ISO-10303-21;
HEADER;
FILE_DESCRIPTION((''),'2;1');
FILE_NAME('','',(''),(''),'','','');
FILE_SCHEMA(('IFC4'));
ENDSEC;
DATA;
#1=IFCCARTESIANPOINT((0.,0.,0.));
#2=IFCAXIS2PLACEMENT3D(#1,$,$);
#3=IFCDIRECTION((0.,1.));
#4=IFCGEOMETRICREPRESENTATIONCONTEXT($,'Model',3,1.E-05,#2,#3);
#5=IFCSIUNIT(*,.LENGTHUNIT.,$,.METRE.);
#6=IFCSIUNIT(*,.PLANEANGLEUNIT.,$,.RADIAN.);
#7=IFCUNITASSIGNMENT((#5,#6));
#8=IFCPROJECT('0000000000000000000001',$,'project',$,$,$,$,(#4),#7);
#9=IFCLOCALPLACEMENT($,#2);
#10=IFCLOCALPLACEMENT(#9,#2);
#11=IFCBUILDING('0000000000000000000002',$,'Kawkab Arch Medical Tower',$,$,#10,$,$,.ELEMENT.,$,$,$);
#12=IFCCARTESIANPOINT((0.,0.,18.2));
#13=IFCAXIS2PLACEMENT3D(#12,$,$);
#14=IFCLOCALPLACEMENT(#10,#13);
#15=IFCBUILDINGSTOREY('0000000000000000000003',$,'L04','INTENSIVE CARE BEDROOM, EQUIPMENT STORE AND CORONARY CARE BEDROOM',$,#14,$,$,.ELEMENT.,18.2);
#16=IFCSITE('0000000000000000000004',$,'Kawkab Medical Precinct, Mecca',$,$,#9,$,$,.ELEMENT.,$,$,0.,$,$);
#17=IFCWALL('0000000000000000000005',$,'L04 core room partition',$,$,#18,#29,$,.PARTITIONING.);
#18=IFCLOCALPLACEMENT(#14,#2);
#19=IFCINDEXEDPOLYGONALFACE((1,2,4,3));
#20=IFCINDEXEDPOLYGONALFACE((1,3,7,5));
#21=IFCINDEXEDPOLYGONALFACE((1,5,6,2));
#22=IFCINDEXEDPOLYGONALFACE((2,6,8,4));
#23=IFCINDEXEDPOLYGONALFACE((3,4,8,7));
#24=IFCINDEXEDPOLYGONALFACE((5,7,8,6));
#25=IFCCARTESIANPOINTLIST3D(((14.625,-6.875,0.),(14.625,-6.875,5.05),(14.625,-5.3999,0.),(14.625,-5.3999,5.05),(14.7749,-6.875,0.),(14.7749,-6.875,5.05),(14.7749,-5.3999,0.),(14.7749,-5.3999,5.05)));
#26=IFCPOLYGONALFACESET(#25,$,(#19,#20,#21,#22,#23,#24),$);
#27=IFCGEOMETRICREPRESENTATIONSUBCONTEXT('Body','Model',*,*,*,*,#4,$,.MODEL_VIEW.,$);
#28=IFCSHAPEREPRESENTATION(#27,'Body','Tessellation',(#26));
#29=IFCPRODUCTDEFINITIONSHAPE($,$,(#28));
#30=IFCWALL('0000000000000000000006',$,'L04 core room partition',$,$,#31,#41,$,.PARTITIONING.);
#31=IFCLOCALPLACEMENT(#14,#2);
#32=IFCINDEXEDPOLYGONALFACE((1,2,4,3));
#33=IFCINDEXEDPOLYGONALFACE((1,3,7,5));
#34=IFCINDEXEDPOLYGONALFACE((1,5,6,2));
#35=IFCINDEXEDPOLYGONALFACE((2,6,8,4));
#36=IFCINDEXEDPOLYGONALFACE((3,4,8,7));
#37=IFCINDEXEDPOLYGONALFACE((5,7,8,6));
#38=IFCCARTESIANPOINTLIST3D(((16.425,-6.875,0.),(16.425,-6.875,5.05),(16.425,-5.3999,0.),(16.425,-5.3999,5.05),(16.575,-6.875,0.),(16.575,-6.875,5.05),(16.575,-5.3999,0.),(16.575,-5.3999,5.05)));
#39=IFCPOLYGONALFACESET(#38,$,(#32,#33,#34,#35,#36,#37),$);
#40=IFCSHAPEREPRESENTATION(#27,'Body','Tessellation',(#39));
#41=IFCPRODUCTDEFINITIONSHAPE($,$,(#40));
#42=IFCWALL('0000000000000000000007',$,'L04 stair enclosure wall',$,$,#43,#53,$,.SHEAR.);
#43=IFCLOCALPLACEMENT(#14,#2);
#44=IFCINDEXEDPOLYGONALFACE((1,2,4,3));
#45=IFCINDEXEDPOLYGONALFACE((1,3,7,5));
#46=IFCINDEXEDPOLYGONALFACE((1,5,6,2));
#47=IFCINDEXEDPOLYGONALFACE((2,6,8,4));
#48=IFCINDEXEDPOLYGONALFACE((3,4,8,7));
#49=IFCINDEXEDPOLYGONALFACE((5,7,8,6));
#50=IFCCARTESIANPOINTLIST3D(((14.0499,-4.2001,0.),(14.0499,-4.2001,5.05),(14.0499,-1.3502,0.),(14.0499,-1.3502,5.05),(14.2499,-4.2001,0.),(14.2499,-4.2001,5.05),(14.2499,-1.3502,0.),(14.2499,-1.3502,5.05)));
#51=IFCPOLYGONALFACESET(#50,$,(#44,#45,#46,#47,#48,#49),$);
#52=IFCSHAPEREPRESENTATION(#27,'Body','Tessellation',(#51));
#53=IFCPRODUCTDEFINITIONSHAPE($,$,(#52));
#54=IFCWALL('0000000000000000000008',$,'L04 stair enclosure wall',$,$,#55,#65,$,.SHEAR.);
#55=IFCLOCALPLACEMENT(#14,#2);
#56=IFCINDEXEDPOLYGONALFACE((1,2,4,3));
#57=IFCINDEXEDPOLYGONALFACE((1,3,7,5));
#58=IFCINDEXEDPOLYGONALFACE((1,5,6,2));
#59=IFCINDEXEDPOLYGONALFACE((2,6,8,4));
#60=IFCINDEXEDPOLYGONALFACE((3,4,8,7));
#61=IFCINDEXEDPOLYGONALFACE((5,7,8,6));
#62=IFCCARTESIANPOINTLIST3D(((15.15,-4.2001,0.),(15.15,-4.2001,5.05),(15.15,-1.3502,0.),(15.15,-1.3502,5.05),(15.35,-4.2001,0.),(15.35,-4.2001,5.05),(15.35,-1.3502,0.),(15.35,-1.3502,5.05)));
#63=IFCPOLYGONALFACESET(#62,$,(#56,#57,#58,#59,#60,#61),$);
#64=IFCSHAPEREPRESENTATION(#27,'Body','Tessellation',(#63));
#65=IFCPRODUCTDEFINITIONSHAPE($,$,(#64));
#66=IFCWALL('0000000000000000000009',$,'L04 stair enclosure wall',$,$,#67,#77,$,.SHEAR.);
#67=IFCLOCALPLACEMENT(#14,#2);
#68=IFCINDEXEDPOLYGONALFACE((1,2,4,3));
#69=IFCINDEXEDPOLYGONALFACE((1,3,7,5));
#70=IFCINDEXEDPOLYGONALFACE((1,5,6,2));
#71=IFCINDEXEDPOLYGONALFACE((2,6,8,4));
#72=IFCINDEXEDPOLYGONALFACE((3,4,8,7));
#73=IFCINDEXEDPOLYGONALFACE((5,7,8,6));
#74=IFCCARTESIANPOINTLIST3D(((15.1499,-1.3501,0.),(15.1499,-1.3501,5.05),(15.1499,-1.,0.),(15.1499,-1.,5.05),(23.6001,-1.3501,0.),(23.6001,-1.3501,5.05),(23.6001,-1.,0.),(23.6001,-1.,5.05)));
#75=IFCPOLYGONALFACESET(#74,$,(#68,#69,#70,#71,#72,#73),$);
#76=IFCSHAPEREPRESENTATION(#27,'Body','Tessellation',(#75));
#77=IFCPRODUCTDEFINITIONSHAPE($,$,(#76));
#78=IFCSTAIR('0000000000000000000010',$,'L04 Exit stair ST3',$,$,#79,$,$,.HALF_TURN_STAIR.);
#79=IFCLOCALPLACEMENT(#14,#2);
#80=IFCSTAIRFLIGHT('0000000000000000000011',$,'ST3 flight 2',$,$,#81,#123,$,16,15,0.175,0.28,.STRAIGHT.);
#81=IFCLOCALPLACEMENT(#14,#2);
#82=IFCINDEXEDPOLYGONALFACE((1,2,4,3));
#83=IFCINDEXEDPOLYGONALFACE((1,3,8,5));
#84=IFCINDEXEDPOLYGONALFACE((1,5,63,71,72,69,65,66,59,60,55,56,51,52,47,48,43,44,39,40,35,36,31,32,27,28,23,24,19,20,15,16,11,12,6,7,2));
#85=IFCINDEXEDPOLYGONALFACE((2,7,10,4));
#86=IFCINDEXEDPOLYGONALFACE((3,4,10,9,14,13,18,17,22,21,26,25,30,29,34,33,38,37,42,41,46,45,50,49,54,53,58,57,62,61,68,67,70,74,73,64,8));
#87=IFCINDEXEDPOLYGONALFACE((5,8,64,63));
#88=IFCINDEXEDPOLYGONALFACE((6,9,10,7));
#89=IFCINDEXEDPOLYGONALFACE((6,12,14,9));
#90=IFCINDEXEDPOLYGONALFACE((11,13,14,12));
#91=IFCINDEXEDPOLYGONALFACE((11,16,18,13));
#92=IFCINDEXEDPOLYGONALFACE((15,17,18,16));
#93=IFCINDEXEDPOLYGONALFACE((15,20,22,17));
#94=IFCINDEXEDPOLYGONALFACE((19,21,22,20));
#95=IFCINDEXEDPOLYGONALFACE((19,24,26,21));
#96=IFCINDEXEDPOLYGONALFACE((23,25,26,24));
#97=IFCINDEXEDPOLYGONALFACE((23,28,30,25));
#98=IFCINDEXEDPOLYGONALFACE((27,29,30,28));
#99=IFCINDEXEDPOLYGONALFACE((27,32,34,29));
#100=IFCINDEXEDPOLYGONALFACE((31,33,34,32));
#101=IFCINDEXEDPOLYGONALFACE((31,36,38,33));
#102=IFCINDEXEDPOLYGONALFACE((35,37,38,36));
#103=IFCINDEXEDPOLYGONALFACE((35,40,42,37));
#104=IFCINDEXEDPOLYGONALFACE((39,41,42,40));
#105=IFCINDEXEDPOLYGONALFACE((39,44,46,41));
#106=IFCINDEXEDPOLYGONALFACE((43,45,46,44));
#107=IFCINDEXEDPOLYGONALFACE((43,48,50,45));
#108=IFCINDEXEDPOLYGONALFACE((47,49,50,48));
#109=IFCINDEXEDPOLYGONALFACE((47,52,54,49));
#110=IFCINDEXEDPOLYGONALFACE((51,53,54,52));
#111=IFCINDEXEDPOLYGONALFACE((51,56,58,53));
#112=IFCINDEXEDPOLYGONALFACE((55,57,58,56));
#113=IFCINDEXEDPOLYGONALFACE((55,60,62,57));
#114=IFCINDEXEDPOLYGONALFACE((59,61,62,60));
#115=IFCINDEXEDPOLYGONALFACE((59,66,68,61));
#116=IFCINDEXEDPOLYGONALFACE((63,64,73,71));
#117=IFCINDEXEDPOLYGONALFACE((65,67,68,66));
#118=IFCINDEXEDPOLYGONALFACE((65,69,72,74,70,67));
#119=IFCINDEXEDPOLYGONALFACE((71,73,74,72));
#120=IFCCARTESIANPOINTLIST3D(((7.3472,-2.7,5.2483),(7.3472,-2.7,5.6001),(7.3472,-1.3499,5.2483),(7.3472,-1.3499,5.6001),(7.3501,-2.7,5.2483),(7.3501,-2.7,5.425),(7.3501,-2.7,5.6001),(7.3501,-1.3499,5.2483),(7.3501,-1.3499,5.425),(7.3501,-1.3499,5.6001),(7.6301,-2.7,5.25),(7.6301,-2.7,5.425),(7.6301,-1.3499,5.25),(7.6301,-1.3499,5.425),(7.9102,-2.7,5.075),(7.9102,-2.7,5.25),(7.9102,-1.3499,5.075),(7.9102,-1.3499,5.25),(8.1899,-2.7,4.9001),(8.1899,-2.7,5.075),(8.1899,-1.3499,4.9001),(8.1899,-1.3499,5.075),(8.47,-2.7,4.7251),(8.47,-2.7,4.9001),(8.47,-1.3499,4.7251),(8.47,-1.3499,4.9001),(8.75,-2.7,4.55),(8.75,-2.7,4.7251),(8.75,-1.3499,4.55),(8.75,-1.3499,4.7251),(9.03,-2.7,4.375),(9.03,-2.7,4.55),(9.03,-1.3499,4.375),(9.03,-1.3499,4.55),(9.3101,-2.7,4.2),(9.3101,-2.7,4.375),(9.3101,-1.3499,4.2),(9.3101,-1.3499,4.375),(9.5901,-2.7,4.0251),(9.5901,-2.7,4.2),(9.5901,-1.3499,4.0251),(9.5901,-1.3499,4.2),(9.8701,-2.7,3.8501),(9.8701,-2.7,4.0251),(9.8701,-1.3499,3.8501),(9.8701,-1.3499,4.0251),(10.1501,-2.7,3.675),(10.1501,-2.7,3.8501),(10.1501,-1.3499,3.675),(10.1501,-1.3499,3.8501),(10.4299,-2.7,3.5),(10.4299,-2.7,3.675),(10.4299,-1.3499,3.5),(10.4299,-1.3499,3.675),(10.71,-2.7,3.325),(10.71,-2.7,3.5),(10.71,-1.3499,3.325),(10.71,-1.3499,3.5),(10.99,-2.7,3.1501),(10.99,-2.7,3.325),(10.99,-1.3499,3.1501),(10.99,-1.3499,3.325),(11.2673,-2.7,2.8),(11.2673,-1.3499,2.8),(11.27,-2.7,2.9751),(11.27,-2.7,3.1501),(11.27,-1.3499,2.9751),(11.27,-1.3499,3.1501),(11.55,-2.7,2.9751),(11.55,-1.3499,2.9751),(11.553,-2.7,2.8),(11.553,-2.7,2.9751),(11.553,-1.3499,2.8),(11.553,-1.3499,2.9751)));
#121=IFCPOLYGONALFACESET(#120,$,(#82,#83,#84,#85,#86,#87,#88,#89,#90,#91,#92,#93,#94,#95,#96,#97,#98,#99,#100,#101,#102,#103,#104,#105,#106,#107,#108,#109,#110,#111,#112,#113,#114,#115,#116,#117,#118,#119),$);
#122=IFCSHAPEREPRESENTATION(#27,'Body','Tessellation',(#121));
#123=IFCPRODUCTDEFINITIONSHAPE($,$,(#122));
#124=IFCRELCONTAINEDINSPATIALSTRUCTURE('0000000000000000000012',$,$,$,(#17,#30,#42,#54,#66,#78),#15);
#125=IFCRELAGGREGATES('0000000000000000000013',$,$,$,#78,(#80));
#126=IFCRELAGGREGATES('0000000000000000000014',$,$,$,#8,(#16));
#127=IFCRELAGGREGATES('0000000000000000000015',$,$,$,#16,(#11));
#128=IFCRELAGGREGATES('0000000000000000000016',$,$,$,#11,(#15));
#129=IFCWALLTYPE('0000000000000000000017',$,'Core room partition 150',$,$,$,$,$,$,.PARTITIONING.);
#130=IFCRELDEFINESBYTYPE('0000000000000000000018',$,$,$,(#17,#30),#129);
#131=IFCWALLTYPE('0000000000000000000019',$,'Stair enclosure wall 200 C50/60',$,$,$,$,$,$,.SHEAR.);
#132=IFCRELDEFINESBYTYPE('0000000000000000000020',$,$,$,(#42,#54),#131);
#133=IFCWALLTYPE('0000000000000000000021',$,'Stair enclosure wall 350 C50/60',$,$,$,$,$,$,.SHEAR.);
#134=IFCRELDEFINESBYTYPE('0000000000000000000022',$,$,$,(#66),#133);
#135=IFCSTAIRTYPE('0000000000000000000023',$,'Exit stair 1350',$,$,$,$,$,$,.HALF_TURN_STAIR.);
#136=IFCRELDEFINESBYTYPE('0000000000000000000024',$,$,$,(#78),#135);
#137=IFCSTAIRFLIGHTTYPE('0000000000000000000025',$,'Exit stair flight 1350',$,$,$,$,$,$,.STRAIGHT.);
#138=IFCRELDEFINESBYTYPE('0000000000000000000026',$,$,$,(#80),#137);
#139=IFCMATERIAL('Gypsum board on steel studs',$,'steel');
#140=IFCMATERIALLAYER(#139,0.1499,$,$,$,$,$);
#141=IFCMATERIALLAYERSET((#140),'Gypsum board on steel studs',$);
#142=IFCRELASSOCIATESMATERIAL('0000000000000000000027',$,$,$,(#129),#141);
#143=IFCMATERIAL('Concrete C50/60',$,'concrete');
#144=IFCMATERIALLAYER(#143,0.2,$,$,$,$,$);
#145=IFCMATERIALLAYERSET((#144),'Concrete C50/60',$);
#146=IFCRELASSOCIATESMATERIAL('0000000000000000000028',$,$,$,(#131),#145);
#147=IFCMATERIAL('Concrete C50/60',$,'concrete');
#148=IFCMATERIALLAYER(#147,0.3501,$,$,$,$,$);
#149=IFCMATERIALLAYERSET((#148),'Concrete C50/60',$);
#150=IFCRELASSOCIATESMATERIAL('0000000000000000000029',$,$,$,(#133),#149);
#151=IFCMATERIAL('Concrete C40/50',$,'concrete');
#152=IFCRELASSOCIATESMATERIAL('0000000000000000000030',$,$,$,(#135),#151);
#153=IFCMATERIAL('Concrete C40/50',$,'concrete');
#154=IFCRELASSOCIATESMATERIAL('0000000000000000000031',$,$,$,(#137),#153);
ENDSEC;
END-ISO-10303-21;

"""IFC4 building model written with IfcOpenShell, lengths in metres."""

from ifc_helpers import new_model, si_unit, direction, frame, frame_2d, origin, place, context, subcontext, project, spatial, polyline, rectangle, outline, extrude, material, layer, layer_set, type_object, element, aggregate, save


model = new_model("IFC4")

# Units and contexts
model_context = context("Model", 3, precision=1e-05, world=origin(), true_north=direction((0.0, 1.0)))
body_context = subcontext(model_context, "Body", "Model", "MODEL_VIEW")
ifc_project = project(units=[si_unit("LENGTHUNIT", "METRE"), si_unit("PLANEANGLEUNIT", "RADIAN")], contexts=[model_context])

# Site, building, storey
site_placement = place(None, origin())
site = spatial("IfcSite", under=ifc_project, at=site_placement, Name="Kawkab Medical Precinct, Mecca", CompositionType="ELEMENT", RefElevation=0.0)
building_placement = place(site_placement, origin())
building = spatial("IfcBuilding", under=site, at=building_placement, Name="Kawkab Arch Medical Tower", CompositionType="ELEMENT")
storey_placement = place(building_placement, frame((0.0, 0.0, 18.2)))
storey = spatial("IfcBuildingStorey", under=building, at=storey_placement, Name="L04", Description="INTENSIVE CARE BEDROOM, EQUIPMENT STORE AND CORONARY CARE BEDROOM", CompositionType="ELEMENT", Elevation=18.2)

# Shared definitions
ifc_material_1 = material(Name="Gypsum board on steel studs", Category="steel")
ifc_layer_1 = layer(ifc_material_1, 0.1499)
ifc_layer_set_1 = layer_set([ifc_layer_1], Name="Gypsum board on steel studs")
wall_type_1 = type_object("IfcWallType", Name="Core room partition 150", PredefinedType="PARTITIONING", material=ifc_layer_set_1)

# Walls
for number, where, z_axis, x_axis, name in (
    (1, (14.7, -6.875, 0.0), (0.0, 0.0, 1.0), (0.0, 1.0, 0.0), "L04 core room partition"),
    (2, (16.5, -6.875, 0.0), (0.0, 0.0, 1.0), (0.0, 1.0, 0.0), "L04 core room partition"),
):
    element("IfcWall", number, at=place(storey_placement, frame(where, z_axis=z_axis, x_axis=x_axis)), inside=storey, type_object=wall_type_1, Name=name, PredefinedType="PARTITIONING", context=body_context, shape_type="SweptSolid", body=[
        extrude(rectangle(XDim=1.4751, YDim=0.1499, at=frame_2d((0.7375, 0.0))), origin(), (0.0, 0.0, 1.0), 5.05),
    ])
ifc_material_2 = material(Name="Concrete C50/60", Category="concrete")
ifc_layer_2 = layer(ifc_material_2, 0.2)
ifc_layer_set_2 = layer_set([ifc_layer_2], Name="Concrete C50/60")
wall_type_2 = type_object("IfcWallType", Name="Stair enclosure wall 200 C50/60", PredefinedType="SHEAR", material=ifc_layer_set_2)
for number, where, z_axis, x_axis, name in (
    (3, (14.1499, -4.2, 0.0), (0.0, 0.0, 1.0), (0.0, 1.0, 0.0), "L04 stair enclosure wall"),
    (4, (15.25, -4.2, 0.0), (0.0, 0.0, 1.0), (0.0, 1.0, 0.0), "L04 stair enclosure wall"),
):
    element("IfcWall", number, at=place(storey_placement, frame(where, z_axis=z_axis, x_axis=x_axis)), inside=storey, type_object=wall_type_2, Name=name, PredefinedType="SHEAR", context=body_context, shape_type="SweptSolid", body=[
        extrude(rectangle(XDim=2.8499, YDim=0.2, at=frame_2d((1.4248, 0.0))), origin(), (0.0, 0.0, 1.0), 5.05),
    ])
ifc_material_3 = material(Name="Concrete C50/60", Category="concrete")
ifc_layer_3 = layer(ifc_material_3, 0.3501)
ifc_layer_set_3 = layer_set([ifc_layer_3], Name="Concrete C50/60")
wall_type_3 = type_object("IfcWallType", Name="Stair enclosure wall 350 C50/60", PredefinedType="SHEAR", material=ifc_layer_set_3)
wall_1_placement = place(storey_placement, frame((15.1499, -1.175, 0.0), z_axis=(0.0, 0.0, 1.0), x_axis=(1.0, 0.0, 0.0)))
element("IfcWall", 5, at=wall_1_placement, inside=storey, type_object=wall_type_3, Name="L04 stair enclosure wall", PredefinedType="SHEAR", context=body_context, shape_type="SweptSolid", body=[
    extrude(rectangle(XDim=8.4502, YDim=0.3501, at=frame_2d((4.2251, 0.0))), origin(), (0.0, 0.0, 1.0), 5.05),
])

# Stair, stair flight
ifc_material_4 = material(Name="Concrete C40/50", Category="concrete")
stair_type = type_object("IfcStairType", Name="Exit stair 1350", PredefinedType="HALF_TURN_STAIR", material=ifc_material_4)
stair_placement = place(storey_placement, origin())
stair = element("IfcStair", 6, at=stair_placement, inside=storey, type_object=stair_type, Name="L04 Exit stair ST3", PredefinedType="HALF_TURN_STAIR")
ifc_material_5 = material(Name="Concrete C40/50", Category="concrete")
stair_flight_type = type_object("IfcStairFlightType", Name="Exit stair flight 1350", PredefinedType="STRAIGHT", material=ifc_material_5)
stair_flight_placement = place(storey_placement, frame((11.55, -2.0249, 2.8), z_axis=(0.0, 0.0, 1.0), x_axis=(-1.0, 0.0, 0.0)))
stair_flight = element("IfcStairFlight", 7, at=stair_flight_placement, type_object=stair_flight_type, Name="ST3 flight 2", NumberOfRisers=16, NumberOfTreads=15, PredefinedType="STRAIGHT", RiserHeight=0.175, TreadLength=0.28, context=body_context, shape_type="SweptSolid", body=[
    extrude(outline(polyline([(-0.0029, 0.0), (-0.0029, 0.175), (0.0, 0.175), (0.28, 0.175), (0.28, 0.3501), (0.5601, 0.3501), (0.5601, 0.5249), (0.8401, 0.5249), (0.8401, 0.7), (1.1201, 0.7), (1.1201, 0.875), (1.3999, 0.875), (1.3999, 1.05), (1.6799, 1.05), (1.6799, 1.2251), (1.96, 1.2251), (1.96, 1.3999), (2.24, 1.3999), (2.24, 1.575), (2.52, 1.575), (2.52, 1.75), (2.8, 1.75), (2.8, 1.925), (3.0801, 1.925), (3.0801, 2.1001), (3.3601, 2.1001), (3.3601, 2.2749), (3.6399, 2.2749), (3.6399, 2.45), (3.9199, 2.45), (3.9199, 2.625), (4.2, 2.625), (4.2, 2.8), (4.2029, 2.8), (4.2029, 2.4482), (4.2, 2.4482), (0.2827, 0.0), (-0.0029, 0.0)])), frame((0.0, 0.675, 0.0), z_axis=(0.0, -1.0, 0.0), x_axis=(1.0, 0.0, 0.0)), (0.0, 0.0, 1.0), 1.3501),
])
aggregate(stair, [stair_flight])

save(model, "model.ifc")
